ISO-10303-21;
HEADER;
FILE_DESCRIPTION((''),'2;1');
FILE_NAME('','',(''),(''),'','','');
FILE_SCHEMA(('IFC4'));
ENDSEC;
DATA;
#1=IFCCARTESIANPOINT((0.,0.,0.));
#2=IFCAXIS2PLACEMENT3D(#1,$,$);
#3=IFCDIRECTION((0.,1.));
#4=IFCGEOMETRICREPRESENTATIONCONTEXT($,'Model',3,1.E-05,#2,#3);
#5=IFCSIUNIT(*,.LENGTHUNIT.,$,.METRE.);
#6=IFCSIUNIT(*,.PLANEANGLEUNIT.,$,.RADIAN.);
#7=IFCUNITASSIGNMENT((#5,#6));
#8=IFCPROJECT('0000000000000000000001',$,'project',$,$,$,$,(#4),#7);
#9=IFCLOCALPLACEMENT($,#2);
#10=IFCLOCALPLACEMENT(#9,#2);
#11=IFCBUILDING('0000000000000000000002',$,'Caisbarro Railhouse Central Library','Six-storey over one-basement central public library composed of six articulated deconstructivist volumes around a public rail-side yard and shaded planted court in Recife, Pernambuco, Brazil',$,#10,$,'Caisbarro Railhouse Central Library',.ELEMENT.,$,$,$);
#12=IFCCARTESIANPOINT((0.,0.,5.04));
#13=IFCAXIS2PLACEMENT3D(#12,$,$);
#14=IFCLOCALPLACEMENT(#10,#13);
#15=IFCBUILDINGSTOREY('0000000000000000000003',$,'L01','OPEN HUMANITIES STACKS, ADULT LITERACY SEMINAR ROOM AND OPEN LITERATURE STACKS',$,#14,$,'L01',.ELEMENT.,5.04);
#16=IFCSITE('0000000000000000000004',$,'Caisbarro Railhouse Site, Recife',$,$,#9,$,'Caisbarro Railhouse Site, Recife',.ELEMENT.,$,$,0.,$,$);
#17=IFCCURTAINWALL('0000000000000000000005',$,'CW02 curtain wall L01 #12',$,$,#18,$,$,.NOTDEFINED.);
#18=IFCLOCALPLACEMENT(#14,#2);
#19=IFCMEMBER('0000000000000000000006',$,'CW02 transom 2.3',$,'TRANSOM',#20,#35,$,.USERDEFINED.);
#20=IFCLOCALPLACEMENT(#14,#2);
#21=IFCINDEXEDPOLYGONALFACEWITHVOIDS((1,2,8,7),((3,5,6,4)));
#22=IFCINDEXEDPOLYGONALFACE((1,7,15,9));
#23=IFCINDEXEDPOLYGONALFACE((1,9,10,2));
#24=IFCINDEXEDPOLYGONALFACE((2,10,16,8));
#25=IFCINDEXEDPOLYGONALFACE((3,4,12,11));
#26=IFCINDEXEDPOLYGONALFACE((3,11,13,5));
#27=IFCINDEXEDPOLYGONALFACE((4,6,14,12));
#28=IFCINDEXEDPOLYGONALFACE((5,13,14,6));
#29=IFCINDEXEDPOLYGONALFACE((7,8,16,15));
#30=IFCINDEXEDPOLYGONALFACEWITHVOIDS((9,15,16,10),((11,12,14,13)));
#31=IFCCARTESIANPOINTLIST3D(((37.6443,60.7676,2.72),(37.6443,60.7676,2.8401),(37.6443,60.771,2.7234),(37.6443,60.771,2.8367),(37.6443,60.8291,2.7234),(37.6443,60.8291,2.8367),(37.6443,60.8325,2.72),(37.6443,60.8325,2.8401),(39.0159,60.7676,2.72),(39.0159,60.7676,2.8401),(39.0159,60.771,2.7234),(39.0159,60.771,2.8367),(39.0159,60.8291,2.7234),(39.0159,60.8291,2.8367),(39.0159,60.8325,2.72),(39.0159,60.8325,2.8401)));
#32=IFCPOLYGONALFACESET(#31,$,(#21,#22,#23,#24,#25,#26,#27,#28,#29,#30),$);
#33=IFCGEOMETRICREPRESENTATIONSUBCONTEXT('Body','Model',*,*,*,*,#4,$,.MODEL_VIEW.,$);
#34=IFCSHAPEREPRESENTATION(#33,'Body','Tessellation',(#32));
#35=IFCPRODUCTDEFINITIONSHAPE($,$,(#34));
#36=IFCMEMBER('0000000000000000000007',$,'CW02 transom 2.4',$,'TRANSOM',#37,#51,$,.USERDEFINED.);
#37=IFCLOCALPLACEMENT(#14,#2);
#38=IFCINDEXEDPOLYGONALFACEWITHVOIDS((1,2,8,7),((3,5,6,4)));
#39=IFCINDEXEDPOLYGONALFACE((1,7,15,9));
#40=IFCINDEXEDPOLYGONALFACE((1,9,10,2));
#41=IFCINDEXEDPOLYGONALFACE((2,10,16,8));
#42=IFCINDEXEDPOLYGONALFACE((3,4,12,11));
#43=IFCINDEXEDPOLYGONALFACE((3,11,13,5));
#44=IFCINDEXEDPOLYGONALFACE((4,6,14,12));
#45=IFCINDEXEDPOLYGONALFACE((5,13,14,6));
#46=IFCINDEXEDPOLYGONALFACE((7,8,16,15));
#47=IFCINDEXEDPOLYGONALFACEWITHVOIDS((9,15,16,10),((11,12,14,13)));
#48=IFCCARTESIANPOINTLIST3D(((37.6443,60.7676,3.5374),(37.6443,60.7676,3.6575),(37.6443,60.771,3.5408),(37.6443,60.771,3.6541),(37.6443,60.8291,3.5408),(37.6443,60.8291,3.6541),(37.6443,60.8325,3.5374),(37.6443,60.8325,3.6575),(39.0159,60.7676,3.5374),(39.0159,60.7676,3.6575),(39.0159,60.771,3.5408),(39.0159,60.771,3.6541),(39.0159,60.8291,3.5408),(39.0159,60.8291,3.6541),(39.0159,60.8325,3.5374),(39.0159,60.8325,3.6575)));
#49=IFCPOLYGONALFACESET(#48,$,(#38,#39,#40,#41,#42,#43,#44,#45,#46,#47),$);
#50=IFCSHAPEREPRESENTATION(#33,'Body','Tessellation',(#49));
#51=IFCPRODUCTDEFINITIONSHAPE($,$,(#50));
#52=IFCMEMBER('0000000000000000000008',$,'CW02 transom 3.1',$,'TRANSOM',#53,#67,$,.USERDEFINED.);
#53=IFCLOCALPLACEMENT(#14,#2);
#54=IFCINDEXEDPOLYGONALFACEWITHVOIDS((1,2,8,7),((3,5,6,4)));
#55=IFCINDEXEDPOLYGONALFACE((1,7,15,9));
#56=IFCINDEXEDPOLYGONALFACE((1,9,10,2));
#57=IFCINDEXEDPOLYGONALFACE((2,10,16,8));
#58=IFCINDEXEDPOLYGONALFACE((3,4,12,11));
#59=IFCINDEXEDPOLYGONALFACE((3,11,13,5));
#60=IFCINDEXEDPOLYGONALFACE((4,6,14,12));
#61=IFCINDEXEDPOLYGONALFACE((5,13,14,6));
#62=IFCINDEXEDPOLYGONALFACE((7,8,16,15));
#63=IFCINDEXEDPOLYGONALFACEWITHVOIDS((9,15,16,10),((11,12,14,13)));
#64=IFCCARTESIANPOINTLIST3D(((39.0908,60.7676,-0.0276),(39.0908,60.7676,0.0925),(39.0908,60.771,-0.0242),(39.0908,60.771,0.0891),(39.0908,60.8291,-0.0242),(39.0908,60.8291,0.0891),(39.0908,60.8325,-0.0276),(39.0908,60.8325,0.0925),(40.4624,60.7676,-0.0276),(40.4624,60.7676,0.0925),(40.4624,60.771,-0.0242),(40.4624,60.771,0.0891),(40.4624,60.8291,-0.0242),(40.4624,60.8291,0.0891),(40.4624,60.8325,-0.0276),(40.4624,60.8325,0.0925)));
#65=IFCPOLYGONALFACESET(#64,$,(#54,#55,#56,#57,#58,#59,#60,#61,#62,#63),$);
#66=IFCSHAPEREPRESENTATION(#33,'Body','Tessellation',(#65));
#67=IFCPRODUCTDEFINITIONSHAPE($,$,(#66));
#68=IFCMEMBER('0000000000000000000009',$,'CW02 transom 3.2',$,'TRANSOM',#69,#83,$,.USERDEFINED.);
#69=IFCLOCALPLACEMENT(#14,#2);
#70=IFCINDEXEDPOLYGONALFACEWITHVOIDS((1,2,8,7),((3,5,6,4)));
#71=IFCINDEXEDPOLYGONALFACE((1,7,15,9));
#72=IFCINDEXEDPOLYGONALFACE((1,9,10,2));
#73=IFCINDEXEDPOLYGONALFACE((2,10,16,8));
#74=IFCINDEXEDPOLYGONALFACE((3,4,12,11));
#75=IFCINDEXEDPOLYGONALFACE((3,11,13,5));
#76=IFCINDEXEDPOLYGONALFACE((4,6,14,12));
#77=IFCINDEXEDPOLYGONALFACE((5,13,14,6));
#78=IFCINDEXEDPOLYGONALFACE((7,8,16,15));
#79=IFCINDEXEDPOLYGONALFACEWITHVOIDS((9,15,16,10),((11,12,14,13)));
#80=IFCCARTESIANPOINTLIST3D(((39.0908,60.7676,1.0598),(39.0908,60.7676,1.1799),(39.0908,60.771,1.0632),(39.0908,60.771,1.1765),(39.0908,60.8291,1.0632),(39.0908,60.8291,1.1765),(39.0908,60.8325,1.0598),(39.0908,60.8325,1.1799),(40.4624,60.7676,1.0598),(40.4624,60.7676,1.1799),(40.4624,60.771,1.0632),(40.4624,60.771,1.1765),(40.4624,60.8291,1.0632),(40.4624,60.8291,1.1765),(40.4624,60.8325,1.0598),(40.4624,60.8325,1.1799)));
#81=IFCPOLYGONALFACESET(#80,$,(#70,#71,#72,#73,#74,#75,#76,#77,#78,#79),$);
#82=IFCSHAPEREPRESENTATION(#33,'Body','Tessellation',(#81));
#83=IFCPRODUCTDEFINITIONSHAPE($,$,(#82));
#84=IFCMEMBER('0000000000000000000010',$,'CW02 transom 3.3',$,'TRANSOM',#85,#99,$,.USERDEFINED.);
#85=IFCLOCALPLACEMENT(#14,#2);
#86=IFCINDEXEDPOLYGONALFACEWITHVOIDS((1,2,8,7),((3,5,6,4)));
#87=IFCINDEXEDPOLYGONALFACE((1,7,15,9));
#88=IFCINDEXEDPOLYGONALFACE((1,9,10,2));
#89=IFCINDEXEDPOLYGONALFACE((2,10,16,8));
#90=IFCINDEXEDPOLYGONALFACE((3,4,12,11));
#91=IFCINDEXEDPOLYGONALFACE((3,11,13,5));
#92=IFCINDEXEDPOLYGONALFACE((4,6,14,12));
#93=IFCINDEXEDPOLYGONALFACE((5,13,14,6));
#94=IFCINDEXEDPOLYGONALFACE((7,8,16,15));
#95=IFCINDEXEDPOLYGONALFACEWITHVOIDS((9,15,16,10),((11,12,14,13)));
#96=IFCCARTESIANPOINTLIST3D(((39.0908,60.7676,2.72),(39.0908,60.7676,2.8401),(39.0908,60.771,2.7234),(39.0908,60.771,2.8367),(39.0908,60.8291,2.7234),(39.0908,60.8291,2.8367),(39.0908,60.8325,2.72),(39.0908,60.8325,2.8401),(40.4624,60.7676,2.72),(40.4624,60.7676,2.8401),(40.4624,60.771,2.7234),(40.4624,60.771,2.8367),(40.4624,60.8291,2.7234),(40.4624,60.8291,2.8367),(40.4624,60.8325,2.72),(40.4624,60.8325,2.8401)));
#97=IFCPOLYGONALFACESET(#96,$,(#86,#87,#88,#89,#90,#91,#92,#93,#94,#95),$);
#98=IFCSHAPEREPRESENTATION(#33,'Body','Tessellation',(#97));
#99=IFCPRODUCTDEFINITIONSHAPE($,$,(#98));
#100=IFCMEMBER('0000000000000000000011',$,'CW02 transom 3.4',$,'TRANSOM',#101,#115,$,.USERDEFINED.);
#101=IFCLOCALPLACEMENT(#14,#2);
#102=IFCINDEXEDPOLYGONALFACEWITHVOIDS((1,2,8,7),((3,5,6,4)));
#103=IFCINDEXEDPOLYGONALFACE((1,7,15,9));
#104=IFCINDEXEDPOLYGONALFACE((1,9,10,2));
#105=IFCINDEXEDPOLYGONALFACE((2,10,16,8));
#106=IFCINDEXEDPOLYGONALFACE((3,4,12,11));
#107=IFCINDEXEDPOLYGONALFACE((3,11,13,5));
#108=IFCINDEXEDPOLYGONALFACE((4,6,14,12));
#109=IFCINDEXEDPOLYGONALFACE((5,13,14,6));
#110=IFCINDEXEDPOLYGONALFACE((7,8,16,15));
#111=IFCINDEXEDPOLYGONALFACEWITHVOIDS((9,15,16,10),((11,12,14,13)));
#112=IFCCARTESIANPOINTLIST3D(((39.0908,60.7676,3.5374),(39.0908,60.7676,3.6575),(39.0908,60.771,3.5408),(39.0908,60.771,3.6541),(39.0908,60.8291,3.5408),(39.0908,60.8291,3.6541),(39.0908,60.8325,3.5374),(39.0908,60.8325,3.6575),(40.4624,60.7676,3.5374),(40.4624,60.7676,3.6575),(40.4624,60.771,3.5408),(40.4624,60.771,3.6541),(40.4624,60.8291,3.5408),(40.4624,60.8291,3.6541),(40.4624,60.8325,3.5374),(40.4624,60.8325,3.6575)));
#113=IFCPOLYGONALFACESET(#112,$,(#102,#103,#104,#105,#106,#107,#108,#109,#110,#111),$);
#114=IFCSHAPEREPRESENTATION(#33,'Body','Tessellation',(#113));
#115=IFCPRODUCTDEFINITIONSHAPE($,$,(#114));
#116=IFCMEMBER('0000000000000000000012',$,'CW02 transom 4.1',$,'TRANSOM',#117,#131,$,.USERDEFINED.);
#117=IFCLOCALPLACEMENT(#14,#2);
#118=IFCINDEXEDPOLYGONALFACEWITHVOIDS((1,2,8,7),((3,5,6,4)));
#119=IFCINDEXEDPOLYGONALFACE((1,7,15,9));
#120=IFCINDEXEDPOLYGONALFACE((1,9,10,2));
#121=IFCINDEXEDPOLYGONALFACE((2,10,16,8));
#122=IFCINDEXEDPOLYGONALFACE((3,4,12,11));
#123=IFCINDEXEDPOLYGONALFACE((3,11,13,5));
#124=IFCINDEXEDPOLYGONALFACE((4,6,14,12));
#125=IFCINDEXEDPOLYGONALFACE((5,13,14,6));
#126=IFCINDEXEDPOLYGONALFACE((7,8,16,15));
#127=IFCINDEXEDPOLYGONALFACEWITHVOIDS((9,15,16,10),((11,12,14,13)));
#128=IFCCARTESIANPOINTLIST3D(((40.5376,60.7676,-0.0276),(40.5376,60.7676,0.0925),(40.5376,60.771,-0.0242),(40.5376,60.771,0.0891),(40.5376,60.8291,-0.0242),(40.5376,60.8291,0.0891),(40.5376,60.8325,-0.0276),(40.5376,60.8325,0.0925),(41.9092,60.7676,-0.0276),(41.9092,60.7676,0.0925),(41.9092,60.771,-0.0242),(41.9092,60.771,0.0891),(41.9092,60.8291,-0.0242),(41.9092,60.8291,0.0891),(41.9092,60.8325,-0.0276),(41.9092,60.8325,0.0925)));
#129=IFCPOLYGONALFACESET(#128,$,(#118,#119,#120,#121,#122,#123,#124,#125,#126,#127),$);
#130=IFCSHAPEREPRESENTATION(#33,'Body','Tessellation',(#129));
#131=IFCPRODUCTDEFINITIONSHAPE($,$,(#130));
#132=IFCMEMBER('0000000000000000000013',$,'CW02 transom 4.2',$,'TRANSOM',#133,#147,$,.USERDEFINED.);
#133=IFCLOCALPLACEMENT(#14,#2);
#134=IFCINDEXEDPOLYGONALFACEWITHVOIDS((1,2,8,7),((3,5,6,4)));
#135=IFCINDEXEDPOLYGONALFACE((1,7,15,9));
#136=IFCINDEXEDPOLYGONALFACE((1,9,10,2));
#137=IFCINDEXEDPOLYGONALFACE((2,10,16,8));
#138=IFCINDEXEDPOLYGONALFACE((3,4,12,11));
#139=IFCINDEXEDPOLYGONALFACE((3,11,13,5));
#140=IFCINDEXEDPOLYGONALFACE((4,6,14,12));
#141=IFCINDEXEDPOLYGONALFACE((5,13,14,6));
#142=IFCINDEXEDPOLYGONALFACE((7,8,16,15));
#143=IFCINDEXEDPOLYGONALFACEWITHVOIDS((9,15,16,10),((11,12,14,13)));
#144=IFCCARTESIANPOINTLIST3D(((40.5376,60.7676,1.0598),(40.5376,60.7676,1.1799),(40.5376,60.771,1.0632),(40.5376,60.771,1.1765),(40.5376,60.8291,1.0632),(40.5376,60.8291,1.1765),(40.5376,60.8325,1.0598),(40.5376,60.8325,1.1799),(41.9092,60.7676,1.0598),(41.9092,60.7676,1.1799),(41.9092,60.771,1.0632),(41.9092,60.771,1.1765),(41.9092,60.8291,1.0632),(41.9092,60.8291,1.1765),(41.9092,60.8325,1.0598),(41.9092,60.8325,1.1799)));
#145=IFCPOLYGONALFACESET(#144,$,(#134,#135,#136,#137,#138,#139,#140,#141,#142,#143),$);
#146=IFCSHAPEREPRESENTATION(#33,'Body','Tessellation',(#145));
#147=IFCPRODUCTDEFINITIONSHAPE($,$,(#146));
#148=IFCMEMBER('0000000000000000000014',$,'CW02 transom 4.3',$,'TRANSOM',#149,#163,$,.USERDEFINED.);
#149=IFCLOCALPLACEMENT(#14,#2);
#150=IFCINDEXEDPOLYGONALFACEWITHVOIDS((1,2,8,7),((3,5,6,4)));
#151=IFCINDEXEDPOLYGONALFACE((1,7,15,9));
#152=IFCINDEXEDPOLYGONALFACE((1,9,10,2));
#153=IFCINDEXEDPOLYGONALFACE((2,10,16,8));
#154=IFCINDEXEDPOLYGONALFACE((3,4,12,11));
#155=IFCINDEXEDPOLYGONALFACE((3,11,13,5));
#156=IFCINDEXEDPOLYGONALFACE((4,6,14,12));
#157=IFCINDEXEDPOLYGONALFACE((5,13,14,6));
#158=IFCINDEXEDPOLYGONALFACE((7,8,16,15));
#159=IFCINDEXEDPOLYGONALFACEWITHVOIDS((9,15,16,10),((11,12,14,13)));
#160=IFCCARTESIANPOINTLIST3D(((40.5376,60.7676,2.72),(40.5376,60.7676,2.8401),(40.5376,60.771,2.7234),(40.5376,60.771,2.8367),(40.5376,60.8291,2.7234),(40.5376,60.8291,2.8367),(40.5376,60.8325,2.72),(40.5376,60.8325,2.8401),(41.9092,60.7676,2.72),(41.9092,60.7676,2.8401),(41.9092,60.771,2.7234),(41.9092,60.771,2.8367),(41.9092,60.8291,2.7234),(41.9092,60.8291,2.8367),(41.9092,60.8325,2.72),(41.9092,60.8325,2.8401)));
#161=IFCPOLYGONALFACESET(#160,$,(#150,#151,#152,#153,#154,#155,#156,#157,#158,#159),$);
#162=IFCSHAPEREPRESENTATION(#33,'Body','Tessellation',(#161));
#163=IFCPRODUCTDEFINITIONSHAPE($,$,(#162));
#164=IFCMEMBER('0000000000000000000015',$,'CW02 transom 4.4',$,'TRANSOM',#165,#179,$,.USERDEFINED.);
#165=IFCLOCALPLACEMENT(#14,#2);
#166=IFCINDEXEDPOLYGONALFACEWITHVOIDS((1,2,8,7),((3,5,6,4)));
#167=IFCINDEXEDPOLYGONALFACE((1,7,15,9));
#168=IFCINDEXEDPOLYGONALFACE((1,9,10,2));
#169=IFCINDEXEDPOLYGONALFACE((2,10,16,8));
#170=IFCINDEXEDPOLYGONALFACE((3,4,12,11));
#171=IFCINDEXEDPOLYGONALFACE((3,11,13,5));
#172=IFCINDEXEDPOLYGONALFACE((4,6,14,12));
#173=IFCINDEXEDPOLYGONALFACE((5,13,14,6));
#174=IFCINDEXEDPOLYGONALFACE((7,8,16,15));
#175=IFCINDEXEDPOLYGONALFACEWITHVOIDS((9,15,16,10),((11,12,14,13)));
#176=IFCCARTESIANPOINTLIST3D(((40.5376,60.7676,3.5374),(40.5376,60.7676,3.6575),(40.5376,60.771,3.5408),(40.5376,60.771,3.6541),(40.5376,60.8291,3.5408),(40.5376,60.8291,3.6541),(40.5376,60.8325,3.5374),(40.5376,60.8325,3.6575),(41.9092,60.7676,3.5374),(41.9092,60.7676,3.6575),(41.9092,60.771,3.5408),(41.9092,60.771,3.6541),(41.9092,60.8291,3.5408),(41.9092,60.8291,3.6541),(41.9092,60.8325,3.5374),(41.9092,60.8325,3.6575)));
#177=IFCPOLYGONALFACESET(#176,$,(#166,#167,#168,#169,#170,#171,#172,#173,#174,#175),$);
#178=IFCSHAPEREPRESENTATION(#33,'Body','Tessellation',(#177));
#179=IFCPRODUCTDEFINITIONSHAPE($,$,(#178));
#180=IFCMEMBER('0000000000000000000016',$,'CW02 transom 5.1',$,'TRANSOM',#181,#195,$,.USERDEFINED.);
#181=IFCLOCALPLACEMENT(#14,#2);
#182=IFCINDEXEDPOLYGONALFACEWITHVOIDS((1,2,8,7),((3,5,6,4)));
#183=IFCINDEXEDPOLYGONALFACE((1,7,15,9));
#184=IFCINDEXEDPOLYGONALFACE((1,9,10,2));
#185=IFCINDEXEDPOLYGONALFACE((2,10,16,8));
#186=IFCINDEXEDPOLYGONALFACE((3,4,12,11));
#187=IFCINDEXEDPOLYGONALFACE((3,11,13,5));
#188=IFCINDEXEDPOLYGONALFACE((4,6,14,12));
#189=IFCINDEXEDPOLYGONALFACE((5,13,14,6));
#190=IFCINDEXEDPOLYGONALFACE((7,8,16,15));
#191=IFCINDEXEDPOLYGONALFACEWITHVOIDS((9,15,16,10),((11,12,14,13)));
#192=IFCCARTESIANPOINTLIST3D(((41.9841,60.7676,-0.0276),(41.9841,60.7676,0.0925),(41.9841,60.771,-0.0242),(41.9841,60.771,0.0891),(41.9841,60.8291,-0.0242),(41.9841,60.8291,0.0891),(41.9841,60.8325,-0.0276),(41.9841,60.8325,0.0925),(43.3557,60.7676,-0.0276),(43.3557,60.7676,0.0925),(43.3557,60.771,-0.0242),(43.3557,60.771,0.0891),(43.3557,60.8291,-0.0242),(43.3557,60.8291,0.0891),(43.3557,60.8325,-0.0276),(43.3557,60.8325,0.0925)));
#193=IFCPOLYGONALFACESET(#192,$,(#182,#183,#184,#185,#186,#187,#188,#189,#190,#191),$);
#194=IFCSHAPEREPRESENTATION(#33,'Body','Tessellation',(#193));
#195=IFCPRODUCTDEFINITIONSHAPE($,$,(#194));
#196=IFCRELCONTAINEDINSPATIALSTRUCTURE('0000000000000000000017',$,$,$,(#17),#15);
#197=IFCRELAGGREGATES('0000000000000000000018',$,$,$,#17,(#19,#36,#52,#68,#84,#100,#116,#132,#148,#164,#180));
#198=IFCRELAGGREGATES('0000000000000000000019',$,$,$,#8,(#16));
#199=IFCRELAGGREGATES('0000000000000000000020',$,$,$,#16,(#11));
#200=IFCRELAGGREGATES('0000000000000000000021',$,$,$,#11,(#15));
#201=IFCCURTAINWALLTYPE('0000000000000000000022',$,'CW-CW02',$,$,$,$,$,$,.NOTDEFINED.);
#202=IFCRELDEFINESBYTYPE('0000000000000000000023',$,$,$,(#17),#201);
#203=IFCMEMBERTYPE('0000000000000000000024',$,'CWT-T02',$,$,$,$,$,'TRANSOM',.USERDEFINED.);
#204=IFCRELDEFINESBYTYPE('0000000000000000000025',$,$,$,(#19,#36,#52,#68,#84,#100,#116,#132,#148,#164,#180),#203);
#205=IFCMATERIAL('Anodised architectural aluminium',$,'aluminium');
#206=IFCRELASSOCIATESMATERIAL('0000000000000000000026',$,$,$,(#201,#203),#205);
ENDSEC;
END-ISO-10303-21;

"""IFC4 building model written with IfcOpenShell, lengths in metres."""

from ifc_helpers import new_model, si_unit, direction, frame, origin, origin_2d, place, context, subcontext, project, spatial, hollow_rectangle, extrude, material, material_profile, profile_set, type_object, element, aggregate, save


model = new_model("IFC4")

# Units and contexts
model_context = context("Model", 3, precision=1e-05, world=origin(), true_north=direction((0.0, 1.0)))
body_context = subcontext(model_context, "Body", "Model", "MODEL_VIEW")
ifc_project = project(units=[si_unit("LENGTHUNIT", "METRE"), si_unit("PLANEANGLEUNIT", "RADIAN")], contexts=[model_context])

# Site, building, storey
site_placement = place(None, origin())
site = spatial("IfcSite", under=ifc_project, at=site_placement, Name="Caisbarro Railhouse Site, Recife", LongName="Caisbarro Railhouse Site, Recife", CompositionType="ELEMENT", RefElevation=0.0)
building_placement = place(site_placement, origin())
building = spatial("IfcBuilding", under=site, at=building_placement, Name="Caisbarro Railhouse Central Library", Description="Six-storey over one-basement central public library composed of six articulated deconstructivist volumes around a public rail-side yard and shaded planted court in Recife, Pernambuco, Brazil", LongName="Caisbarro Railhouse Central Library", CompositionType="ELEMENT")
storey_placement = place(building_placement, frame((0.0, 0.0, 5.04)))
storey = spatial("IfcBuildingStorey", under=building, at=storey_placement, Name="L01", Description="OPEN HUMANITIES STACKS, ADULT LITERACY SEMINAR ROOM AND OPEN LITERATURE STACKS", LongName="L01", CompositionType="ELEMENT", Elevation=5.04)

# Curtain wall, members
ifc_material_1 = material(Name="Anodised architectural aluminium", Category="aluminium")
curtain_wall_type = type_object("IfcCurtainWallType", Name="CW-CW02", PredefinedType="NOTDEFINED", material=ifc_material_1)
curtain_wall_placement = place(storey_placement, origin())
curtain_wall = element("IfcCurtainWall", 1, at=curtain_wall_placement, inside=storey, type_object=curtain_wall_type, Name="CW02 curtain wall L01 #12", PredefinedType="NOTDEFINED")
ifc_material_profile_1 = material_profile(ifc_material_1, hollow_rectangle(XDim=0.0649, YDim=0.1201, WallThickness=0.0034, at=origin_2d()), Name="ALU-TRN-65X120")
ifc_profile_set_1 = profile_set([ifc_material_profile_1], Name="Anodised architectural aluminium")
member_type_1 = type_object("IfcMemberType", Name="CWT-T02", ElementType="TRANSOM", PredefinedType="USERDEFINED", material=ifc_profile_set_1)
member_1_placement = place(storey_placement, frame((37.6443, 60.8, 2.78), z_axis=(1.0, 0.0, 0.0), x_axis=(0.0, 1.0, 0.0)))
member_1 = element("IfcMember", 2, at=member_1_placement, type_object=member_type_1, Name="CW02 transom 2.3", ObjectType="TRANSOM", PredefinedType="USERDEFINED", context=body_context, shape_type="SweptSolid", body=[
    extrude(hollow_rectangle(XDim=0.0649, YDim=0.1201, WallThickness=0.0034, at=origin_2d()), origin(), (0.0, 0.0, 1.0), 1.3716),
])
member_2_placement = place(storey_placement, frame((37.6443, 60.8, 3.5974), z_axis=(1.0, 0.0, 0.0), x_axis=(0.0, 1.0, 0.0)))
member_2 = element("IfcMember", 3, at=member_2_placement, type_object=member_type_1, Name="CW02 transom 2.4", ObjectType="TRANSOM", PredefinedType="USERDEFINED", context=body_context, shape_type="SweptSolid", body=[
    extrude(hollow_rectangle(XDim=0.0649, YDim=0.1201, WallThickness=0.0034, at=origin_2d()), origin(), (0.0, 0.0, 1.0), 1.3716),
])
member_3_placement = place(storey_placement, frame((39.0908, 60.8, 0.0325), z_axis=(1.0, 0.0, 0.0), x_axis=(0.0, 1.0, 0.0)))
member_3 = element("IfcMember", 4, at=member_3_placement, type_object=member_type_1, Name="CW02 transom 3.1", ObjectType="TRANSOM", PredefinedType="USERDEFINED", context=body_context, shape_type="SweptSolid", body=[
    extrude(hollow_rectangle(XDim=0.0649, YDim=0.1201, WallThickness=0.0034, at=origin_2d()), origin(), (0.0, 0.0, 1.0), 1.3716),
])
member_4_placement = place(storey_placement, frame((39.0908, 60.8, 1.1199), z_axis=(1.0, 0.0, 0.0), x_axis=(0.0, 1.0, 0.0)))
member_4 = element("IfcMember", 5, at=member_4_placement, type_object=member_type_1, Name="CW02 transom 3.2", ObjectType="TRANSOM", PredefinedType="USERDEFINED", context=body_context, shape_type="SweptSolid", body=[
    extrude(hollow_rectangle(XDim=0.0649, YDim=0.1201, WallThickness=0.0034, at=origin_2d()), origin(), (0.0, 0.0, 1.0), 1.3716),
])
member_5_placement = place(storey_placement, frame((39.0908, 60.8, 2.78), z_axis=(1.0, 0.0, 0.0), x_axis=(0.0, 1.0, 0.0)))
member_5 = element("IfcMember", 6, at=member_5_placement, type_object=member_type_1, Name="CW02 transom 3.3", ObjectType="TRANSOM", PredefinedType="USERDEFINED", context=body_context, shape_type="SweptSolid", body=[
    extrude(hollow_rectangle(XDim=0.0649, YDim=0.1201, WallThickness=0.0034, at=origin_2d()), origin(), (0.0, 0.0, 1.0), 1.3716),
])
member_6_placement = place(storey_placement, frame((39.0908, 60.8, 3.5974), z_axis=(1.0, 0.0, 0.0), x_axis=(0.0, 1.0, 0.0)))
member_6 = element("IfcMember", 7, at=member_6_placement, type_object=member_type_1, Name="CW02 transom 3.4", ObjectType="TRANSOM", PredefinedType="USERDEFINED", context=body_context, shape_type="SweptSolid", body=[
    extrude(hollow_rectangle(XDim=0.0649, YDim=0.1201, WallThickness=0.0034, at=origin_2d()), origin(), (0.0, 0.0, 1.0), 1.3716),
])
member_7_placement = place(storey_placement, frame((40.5376, 60.8, 0.0325), z_axis=(1.0, 0.0, 0.0), x_axis=(0.0, 1.0, 0.0)))
member_7 = element("IfcMember", 8, at=member_7_placement, type_object=member_type_1, Name="CW02 transom 4.1", ObjectType="TRANSOM", PredefinedType="USERDEFINED", context=body_context, shape_type="SweptSolid", body=[
    extrude(hollow_rectangle(XDim=0.0649, YDim=0.1201, WallThickness=0.0034, at=origin_2d()), origin(), (0.0, 0.0, 1.0), 1.3716),
])
member_8_placement = place(storey_placement, frame((40.5376, 60.8, 1.1199), z_axis=(1.0, 0.0, 0.0), x_axis=(0.0, 1.0, 0.0)))
member_8 = element("IfcMember", 9, at=member_8_placement, type_object=member_type_1, Name="CW02 transom 4.2", ObjectType="TRANSOM", PredefinedType="USERDEFINED", context=body_context, shape_type="SweptSolid", body=[
    extrude(hollow_rectangle(XDim=0.0649, YDim=0.1201, WallThickness=0.0034, at=origin_2d()), origin(), (0.0, 0.0, 1.0), 1.3716),
])
member_9_placement = place(storey_placement, frame((40.5376, 60.8, 2.78), z_axis=(1.0, 0.0, 0.0), x_axis=(0.0, 1.0, 0.0)))
member_9 = element("IfcMember", 10, at=member_9_placement, type_object=member_type_1, Name="CW02 transom 4.3", ObjectType="TRANSOM", PredefinedType="USERDEFINED", context=body_context, shape_type="SweptSolid", body=[
    extrude(hollow_rectangle(XDim=0.0649, YDim=0.1201, WallThickness=0.0034, at=origin_2d()), origin(), (0.0, 0.0, 1.0), 1.3716),
])
member_10_placement = place(storey_placement, frame((40.5376, 60.8, 3.5974), z_axis=(1.0, 0.0, 0.0), x_axis=(0.0, 1.0, 0.0)))
member_10 = element("IfcMember", 11, at=member_10_placement, type_object=member_type_1, Name="CW02 transom 4.4", ObjectType="TRANSOM", PredefinedType="USERDEFINED", context=body_context, shape_type="SweptSolid", body=[
    extrude(hollow_rectangle(XDim=0.0649, YDim=0.1201, WallThickness=0.0034, at=origin_2d()), origin(), (0.0, 0.0, 1.0), 1.3716),
])
member_11_placement = place(storey_placement, frame((41.9841, 60.8, 0.0325), z_axis=(1.0, 0.0, 0.0), x_axis=(0.0, 1.0, 0.0)))
member_11 = element("IfcMember", 12, at=member_11_placement, type_object=member_type_1, Name="CW02 transom 5.1", ObjectType="TRANSOM", PredefinedType="USERDEFINED", context=body_context, shape_type="SweptSolid", body=[
    extrude(hollow_rectangle(XDim=0.0649, YDim=0.1201, WallThickness=0.0034, at=origin_2d()), origin(), (0.0, 0.0, 1.0), 1.3716),
])
aggregate(curtain_wall, [member_1, member_2, member_3, member_4, member_5, member_6, member_7, member_8, member_9, member_10, member_11])

save(model, "model.ifc")
